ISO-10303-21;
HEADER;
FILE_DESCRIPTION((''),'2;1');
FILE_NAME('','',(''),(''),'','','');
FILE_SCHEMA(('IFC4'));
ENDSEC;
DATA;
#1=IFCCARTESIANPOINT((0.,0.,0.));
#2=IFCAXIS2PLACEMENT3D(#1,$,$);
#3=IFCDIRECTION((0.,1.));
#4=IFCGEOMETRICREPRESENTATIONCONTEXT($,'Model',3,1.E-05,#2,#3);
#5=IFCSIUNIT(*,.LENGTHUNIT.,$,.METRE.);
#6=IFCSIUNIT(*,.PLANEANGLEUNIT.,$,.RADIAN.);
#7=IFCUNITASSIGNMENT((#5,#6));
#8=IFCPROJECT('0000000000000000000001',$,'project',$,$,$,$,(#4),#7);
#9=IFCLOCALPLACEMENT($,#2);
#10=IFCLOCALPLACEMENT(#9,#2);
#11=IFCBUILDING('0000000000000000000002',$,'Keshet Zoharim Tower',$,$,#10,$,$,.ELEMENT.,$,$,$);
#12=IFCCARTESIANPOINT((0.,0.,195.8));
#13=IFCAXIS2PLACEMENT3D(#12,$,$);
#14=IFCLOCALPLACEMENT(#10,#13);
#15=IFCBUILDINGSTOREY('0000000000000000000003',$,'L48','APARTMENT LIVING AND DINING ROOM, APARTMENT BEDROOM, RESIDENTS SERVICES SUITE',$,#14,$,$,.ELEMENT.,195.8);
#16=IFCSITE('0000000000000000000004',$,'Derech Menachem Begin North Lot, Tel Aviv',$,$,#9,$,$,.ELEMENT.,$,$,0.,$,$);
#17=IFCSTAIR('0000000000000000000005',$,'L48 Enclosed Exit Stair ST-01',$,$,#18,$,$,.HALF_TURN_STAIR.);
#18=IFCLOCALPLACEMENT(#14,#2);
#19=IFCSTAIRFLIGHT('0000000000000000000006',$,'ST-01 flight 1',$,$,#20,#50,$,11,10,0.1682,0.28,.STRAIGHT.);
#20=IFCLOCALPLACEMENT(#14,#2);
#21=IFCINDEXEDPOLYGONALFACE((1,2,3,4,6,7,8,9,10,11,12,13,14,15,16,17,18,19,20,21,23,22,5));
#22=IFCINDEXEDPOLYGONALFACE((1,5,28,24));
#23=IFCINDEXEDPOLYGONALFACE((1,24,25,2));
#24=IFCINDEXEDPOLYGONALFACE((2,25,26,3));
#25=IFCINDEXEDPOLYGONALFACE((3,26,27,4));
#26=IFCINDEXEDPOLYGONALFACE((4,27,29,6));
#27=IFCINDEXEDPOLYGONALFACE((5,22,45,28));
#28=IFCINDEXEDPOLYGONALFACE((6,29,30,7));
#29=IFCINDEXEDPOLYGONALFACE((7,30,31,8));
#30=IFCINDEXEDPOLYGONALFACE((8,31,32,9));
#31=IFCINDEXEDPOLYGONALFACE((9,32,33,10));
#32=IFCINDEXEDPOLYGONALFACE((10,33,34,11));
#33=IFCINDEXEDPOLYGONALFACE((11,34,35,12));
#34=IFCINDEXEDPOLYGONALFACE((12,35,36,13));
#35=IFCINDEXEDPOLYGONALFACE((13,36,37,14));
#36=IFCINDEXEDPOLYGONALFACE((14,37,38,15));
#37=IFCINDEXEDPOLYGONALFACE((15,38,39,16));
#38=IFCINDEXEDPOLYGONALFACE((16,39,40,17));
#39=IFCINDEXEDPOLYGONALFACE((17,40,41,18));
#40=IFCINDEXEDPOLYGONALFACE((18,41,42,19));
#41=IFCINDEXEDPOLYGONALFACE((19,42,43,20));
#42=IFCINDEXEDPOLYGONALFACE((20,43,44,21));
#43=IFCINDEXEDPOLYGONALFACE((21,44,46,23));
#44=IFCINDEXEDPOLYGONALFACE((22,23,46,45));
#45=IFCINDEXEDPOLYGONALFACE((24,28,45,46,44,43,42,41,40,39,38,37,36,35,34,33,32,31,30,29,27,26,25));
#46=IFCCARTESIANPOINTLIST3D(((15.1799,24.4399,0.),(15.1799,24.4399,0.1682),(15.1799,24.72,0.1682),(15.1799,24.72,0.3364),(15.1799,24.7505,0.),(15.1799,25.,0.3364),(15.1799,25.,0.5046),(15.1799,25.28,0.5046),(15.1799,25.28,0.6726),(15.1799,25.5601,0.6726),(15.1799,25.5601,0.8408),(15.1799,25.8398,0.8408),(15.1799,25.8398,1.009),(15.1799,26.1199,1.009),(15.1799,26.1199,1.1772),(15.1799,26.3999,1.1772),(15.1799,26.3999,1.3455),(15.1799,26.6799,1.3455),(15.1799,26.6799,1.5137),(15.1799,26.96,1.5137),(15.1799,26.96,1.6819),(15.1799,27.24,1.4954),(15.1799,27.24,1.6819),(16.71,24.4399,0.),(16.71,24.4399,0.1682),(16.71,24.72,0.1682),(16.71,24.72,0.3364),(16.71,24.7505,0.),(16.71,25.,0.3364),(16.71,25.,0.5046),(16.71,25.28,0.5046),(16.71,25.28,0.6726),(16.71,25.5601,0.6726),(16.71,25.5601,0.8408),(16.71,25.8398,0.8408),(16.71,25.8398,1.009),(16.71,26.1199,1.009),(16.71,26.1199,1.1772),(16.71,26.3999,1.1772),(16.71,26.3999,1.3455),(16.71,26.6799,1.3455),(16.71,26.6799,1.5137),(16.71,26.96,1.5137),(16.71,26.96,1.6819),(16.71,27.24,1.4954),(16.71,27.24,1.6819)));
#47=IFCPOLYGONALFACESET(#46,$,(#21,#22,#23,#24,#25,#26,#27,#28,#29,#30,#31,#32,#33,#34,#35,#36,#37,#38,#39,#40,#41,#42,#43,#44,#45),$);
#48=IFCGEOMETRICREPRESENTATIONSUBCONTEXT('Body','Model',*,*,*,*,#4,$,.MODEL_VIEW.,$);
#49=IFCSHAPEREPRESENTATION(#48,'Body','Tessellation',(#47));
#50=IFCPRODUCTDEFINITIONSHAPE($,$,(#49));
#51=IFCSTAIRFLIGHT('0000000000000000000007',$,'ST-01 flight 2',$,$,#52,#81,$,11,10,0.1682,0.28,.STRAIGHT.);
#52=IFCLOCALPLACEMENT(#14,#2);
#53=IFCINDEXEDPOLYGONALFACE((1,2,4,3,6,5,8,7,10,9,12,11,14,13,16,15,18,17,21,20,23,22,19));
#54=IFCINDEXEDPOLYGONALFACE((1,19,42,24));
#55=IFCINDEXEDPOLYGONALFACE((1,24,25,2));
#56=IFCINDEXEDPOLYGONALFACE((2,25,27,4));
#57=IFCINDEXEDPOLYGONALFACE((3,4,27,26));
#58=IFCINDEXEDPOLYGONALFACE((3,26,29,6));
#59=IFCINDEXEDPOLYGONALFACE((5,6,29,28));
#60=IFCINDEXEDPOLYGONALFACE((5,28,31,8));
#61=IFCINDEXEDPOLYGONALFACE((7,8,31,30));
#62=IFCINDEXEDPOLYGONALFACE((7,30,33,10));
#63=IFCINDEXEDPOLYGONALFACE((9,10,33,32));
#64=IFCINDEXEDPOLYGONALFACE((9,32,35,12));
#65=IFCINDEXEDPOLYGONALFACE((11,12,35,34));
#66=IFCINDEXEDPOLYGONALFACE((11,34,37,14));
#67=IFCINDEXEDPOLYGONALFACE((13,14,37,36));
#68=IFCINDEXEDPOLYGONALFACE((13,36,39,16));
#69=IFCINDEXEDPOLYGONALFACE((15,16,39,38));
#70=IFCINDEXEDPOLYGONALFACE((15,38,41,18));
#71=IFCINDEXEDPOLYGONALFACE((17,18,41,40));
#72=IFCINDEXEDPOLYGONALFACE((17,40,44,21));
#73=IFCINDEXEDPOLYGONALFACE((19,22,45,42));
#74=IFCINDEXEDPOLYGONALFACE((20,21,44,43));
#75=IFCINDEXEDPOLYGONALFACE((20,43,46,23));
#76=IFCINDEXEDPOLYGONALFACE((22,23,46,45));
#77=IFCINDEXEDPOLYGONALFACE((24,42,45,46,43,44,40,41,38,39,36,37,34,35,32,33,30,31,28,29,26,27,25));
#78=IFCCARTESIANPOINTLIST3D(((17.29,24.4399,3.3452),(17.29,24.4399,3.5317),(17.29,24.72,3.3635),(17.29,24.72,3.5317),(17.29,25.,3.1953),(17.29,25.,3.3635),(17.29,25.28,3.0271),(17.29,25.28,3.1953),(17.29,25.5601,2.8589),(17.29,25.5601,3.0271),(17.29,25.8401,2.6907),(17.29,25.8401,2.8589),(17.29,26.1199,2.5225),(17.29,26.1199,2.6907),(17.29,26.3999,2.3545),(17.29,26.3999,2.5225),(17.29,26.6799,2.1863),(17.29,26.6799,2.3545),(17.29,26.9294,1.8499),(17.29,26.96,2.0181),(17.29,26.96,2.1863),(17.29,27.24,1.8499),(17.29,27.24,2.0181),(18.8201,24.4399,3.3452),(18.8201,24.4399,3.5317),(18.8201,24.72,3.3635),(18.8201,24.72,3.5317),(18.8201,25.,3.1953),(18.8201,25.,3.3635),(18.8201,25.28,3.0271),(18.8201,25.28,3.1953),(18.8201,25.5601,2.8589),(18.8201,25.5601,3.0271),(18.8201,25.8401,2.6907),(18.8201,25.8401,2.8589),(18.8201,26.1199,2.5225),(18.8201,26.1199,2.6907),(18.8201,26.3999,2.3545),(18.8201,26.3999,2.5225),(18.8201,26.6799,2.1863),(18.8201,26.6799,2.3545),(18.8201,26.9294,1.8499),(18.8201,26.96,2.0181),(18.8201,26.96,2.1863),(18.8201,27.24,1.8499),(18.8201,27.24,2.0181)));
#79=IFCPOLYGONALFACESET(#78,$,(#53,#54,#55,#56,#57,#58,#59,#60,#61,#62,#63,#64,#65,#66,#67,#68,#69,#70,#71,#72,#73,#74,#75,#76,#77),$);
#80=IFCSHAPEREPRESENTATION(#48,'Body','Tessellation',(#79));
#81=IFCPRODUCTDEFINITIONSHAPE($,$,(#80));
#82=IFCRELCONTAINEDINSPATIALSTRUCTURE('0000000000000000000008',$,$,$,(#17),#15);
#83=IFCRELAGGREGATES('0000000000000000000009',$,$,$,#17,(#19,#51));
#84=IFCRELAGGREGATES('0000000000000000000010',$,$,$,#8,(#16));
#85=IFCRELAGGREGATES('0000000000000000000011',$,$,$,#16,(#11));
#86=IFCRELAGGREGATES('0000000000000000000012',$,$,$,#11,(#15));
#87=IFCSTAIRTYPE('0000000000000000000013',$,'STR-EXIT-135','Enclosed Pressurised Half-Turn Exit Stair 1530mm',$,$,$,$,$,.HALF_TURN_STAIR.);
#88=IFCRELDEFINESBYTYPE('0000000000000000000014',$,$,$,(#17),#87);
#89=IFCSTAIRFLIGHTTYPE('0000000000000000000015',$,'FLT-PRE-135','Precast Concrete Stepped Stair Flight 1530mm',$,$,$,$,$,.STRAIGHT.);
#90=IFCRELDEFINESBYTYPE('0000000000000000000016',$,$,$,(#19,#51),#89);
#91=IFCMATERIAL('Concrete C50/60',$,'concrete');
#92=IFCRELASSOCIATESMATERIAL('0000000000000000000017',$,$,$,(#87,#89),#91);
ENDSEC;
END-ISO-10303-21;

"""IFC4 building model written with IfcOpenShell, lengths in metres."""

from ifc_helpers import new_model, si_unit, direction, frame, origin, place, context, subcontext, project, spatial, polyline, outline, extrude, material, type_object, element, aggregate, save


model = new_model("IFC4")

# Units and contexts
model_context = context("Model", 3, precision=1e-05, world=origin(), true_north=direction((0.0, 1.0)))
body_context = subcontext(model_context, "Body", "Model", "MODEL_VIEW")
ifc_project = project(units=[si_unit("LENGTHUNIT", "METRE"), si_unit("PLANEANGLEUNIT", "RADIAN")], contexts=[model_context])

# Site, building, storey
site_placement = place(None, origin())
site = spatial("IfcSite", under=ifc_project, at=site_placement, Name="Derech Menachem Begin North Lot, Tel Aviv", CompositionType="ELEMENT", RefElevation=0.0)
building_placement = place(site_placement, origin())
building = spatial("IfcBuilding", under=site, at=building_placement, Name="Keshet Zoharim Tower", CompositionType="ELEMENT")
storey_placement = place(building_placement, frame((0.0, 0.0, 195.8)))
storey = spatial("IfcBuildingStorey", under=building, at=storey_placement, Name="L48", Description="APARTMENT LIVING AND DINING ROOM, APARTMENT BEDROOM, RESIDENTS SERVICES SUITE", CompositionType="ELEMENT", Elevation=195.8)

# Shared definitions
ifc_material_1 = material(Name="Concrete C50/60", Category="concrete")

# Stair, stair flights
stair_type = type_object("IfcStairType", Name="STR-EXIT-135", Description="Enclosed Pressurised Half-Turn Exit Stair 1530mm", PredefinedType="HALF_TURN_STAIR", material=ifc_material_1)
stair_placement = place(storey_placement, origin())
stair = element("IfcStair", 1, at=stair_placement, inside=storey, type_object=stair_type, Name="L48 Enclosed Exit Stair ST-01", PredefinedType="HALF_TURN_STAIR")
stair_flight_type = type_object("IfcStairFlightType", Name="FLT-PRE-135", Description="Precast Concrete Stepped Stair Flight 1530mm", PredefinedType="STRAIGHT", material=ifc_material_1)
stair_flight_1_placement = place(storey_placement, frame((15.9451, 24.4399, 0.0), z_axis=(0.0, 0.0, 1.0), x_axis=(0.0, 1.0, 0.0)))
stair_flight_1 = element("IfcStairFlight", 2, at=stair_flight_1_placement, type_object=stair_flight_type, Name="ST-01 flight 1", NumberOfRisers=11, NumberOfTreads=10, PredefinedType="STRAIGHT", RiserHeight=0.1682, TreadLength=0.28, context=body_context, shape_type="SweptSolid", body=[
    extrude(outline(polyline([(0.0, 0.0), (0.0, 0.1682), (0.28, 0.1682), (0.28, 0.3364), (0.5601, 0.3364), (0.5601, 0.5046), (0.8401, 0.5046), (0.8401, 0.6726), (1.1201, 0.6726), (1.1201, 0.8408), (1.3999, 0.8408), (1.3999, 1.009), (1.6799, 1.009), (1.6799, 1.1772), (1.96, 1.1772), (1.96, 1.3455), (2.24, 1.3455), (2.24, 1.5137), (2.52, 1.5137), (2.52, 1.6819), (2.8, 1.6819), (2.8, 1.8501), (2.8, 1.4954), (0.3105, 0.0), (0.0, 0.0)])), frame((0.0, 0.7651, 0.0), z_axis=(0.0, -1.0, 0.0), x_axis=(1.0, 0.0, 0.0)), (0.0, 0.0, 1.0), 1.53),
])
stair_flight_2_placement = place(storey_placement, frame((18.0549, 27.24, 1.8499), z_axis=(0.0, 0.0, 1.0), x_axis=(0.0, -1.0, 0.0)))
stair_flight_2 = element("IfcStairFlight", 3, at=stair_flight_2_placement, type_object=stair_flight_type, Name="ST-01 flight 2", NumberOfRisers=11, NumberOfTreads=10, PredefinedType="STRAIGHT", RiserHeight=0.1682, TreadLength=0.28, context=body_context, shape_type="SweptSolid", body=[
    extrude(outline(polyline([(0.0, 0.0), (0.0, 0.1682), (0.28, 0.1682), (0.28, 0.3364), (0.5601, 0.3364), (0.5601, 0.5046), (0.8401, 0.5046), (0.8401, 0.6726), (1.1201, 0.6726), (1.1201, 0.8408), (1.3999, 0.8408), (1.3999, 1.009), (1.6799, 1.009), (1.6799, 1.1772), (1.96, 1.1772), (1.96, 1.3455), (2.24, 1.3455), (2.24, 1.5137), (2.52, 1.5137), (2.52, 1.6819), (2.8, 1.6819), (2.8, 1.8501), (2.8, 1.4954), (0.3105, 0.0), (0.0, 0.0)])), frame((0.0, 0.7651, 0.0), z_axis=(0.0, -1.0, 0.0), x_axis=(1.0, 0.0, 0.0)), (0.0, 0.0, 1.0), 1.53),
])
aggregate(stair, [stair_flight_1, stair_flight_2])

save(model, "model.ifc")
